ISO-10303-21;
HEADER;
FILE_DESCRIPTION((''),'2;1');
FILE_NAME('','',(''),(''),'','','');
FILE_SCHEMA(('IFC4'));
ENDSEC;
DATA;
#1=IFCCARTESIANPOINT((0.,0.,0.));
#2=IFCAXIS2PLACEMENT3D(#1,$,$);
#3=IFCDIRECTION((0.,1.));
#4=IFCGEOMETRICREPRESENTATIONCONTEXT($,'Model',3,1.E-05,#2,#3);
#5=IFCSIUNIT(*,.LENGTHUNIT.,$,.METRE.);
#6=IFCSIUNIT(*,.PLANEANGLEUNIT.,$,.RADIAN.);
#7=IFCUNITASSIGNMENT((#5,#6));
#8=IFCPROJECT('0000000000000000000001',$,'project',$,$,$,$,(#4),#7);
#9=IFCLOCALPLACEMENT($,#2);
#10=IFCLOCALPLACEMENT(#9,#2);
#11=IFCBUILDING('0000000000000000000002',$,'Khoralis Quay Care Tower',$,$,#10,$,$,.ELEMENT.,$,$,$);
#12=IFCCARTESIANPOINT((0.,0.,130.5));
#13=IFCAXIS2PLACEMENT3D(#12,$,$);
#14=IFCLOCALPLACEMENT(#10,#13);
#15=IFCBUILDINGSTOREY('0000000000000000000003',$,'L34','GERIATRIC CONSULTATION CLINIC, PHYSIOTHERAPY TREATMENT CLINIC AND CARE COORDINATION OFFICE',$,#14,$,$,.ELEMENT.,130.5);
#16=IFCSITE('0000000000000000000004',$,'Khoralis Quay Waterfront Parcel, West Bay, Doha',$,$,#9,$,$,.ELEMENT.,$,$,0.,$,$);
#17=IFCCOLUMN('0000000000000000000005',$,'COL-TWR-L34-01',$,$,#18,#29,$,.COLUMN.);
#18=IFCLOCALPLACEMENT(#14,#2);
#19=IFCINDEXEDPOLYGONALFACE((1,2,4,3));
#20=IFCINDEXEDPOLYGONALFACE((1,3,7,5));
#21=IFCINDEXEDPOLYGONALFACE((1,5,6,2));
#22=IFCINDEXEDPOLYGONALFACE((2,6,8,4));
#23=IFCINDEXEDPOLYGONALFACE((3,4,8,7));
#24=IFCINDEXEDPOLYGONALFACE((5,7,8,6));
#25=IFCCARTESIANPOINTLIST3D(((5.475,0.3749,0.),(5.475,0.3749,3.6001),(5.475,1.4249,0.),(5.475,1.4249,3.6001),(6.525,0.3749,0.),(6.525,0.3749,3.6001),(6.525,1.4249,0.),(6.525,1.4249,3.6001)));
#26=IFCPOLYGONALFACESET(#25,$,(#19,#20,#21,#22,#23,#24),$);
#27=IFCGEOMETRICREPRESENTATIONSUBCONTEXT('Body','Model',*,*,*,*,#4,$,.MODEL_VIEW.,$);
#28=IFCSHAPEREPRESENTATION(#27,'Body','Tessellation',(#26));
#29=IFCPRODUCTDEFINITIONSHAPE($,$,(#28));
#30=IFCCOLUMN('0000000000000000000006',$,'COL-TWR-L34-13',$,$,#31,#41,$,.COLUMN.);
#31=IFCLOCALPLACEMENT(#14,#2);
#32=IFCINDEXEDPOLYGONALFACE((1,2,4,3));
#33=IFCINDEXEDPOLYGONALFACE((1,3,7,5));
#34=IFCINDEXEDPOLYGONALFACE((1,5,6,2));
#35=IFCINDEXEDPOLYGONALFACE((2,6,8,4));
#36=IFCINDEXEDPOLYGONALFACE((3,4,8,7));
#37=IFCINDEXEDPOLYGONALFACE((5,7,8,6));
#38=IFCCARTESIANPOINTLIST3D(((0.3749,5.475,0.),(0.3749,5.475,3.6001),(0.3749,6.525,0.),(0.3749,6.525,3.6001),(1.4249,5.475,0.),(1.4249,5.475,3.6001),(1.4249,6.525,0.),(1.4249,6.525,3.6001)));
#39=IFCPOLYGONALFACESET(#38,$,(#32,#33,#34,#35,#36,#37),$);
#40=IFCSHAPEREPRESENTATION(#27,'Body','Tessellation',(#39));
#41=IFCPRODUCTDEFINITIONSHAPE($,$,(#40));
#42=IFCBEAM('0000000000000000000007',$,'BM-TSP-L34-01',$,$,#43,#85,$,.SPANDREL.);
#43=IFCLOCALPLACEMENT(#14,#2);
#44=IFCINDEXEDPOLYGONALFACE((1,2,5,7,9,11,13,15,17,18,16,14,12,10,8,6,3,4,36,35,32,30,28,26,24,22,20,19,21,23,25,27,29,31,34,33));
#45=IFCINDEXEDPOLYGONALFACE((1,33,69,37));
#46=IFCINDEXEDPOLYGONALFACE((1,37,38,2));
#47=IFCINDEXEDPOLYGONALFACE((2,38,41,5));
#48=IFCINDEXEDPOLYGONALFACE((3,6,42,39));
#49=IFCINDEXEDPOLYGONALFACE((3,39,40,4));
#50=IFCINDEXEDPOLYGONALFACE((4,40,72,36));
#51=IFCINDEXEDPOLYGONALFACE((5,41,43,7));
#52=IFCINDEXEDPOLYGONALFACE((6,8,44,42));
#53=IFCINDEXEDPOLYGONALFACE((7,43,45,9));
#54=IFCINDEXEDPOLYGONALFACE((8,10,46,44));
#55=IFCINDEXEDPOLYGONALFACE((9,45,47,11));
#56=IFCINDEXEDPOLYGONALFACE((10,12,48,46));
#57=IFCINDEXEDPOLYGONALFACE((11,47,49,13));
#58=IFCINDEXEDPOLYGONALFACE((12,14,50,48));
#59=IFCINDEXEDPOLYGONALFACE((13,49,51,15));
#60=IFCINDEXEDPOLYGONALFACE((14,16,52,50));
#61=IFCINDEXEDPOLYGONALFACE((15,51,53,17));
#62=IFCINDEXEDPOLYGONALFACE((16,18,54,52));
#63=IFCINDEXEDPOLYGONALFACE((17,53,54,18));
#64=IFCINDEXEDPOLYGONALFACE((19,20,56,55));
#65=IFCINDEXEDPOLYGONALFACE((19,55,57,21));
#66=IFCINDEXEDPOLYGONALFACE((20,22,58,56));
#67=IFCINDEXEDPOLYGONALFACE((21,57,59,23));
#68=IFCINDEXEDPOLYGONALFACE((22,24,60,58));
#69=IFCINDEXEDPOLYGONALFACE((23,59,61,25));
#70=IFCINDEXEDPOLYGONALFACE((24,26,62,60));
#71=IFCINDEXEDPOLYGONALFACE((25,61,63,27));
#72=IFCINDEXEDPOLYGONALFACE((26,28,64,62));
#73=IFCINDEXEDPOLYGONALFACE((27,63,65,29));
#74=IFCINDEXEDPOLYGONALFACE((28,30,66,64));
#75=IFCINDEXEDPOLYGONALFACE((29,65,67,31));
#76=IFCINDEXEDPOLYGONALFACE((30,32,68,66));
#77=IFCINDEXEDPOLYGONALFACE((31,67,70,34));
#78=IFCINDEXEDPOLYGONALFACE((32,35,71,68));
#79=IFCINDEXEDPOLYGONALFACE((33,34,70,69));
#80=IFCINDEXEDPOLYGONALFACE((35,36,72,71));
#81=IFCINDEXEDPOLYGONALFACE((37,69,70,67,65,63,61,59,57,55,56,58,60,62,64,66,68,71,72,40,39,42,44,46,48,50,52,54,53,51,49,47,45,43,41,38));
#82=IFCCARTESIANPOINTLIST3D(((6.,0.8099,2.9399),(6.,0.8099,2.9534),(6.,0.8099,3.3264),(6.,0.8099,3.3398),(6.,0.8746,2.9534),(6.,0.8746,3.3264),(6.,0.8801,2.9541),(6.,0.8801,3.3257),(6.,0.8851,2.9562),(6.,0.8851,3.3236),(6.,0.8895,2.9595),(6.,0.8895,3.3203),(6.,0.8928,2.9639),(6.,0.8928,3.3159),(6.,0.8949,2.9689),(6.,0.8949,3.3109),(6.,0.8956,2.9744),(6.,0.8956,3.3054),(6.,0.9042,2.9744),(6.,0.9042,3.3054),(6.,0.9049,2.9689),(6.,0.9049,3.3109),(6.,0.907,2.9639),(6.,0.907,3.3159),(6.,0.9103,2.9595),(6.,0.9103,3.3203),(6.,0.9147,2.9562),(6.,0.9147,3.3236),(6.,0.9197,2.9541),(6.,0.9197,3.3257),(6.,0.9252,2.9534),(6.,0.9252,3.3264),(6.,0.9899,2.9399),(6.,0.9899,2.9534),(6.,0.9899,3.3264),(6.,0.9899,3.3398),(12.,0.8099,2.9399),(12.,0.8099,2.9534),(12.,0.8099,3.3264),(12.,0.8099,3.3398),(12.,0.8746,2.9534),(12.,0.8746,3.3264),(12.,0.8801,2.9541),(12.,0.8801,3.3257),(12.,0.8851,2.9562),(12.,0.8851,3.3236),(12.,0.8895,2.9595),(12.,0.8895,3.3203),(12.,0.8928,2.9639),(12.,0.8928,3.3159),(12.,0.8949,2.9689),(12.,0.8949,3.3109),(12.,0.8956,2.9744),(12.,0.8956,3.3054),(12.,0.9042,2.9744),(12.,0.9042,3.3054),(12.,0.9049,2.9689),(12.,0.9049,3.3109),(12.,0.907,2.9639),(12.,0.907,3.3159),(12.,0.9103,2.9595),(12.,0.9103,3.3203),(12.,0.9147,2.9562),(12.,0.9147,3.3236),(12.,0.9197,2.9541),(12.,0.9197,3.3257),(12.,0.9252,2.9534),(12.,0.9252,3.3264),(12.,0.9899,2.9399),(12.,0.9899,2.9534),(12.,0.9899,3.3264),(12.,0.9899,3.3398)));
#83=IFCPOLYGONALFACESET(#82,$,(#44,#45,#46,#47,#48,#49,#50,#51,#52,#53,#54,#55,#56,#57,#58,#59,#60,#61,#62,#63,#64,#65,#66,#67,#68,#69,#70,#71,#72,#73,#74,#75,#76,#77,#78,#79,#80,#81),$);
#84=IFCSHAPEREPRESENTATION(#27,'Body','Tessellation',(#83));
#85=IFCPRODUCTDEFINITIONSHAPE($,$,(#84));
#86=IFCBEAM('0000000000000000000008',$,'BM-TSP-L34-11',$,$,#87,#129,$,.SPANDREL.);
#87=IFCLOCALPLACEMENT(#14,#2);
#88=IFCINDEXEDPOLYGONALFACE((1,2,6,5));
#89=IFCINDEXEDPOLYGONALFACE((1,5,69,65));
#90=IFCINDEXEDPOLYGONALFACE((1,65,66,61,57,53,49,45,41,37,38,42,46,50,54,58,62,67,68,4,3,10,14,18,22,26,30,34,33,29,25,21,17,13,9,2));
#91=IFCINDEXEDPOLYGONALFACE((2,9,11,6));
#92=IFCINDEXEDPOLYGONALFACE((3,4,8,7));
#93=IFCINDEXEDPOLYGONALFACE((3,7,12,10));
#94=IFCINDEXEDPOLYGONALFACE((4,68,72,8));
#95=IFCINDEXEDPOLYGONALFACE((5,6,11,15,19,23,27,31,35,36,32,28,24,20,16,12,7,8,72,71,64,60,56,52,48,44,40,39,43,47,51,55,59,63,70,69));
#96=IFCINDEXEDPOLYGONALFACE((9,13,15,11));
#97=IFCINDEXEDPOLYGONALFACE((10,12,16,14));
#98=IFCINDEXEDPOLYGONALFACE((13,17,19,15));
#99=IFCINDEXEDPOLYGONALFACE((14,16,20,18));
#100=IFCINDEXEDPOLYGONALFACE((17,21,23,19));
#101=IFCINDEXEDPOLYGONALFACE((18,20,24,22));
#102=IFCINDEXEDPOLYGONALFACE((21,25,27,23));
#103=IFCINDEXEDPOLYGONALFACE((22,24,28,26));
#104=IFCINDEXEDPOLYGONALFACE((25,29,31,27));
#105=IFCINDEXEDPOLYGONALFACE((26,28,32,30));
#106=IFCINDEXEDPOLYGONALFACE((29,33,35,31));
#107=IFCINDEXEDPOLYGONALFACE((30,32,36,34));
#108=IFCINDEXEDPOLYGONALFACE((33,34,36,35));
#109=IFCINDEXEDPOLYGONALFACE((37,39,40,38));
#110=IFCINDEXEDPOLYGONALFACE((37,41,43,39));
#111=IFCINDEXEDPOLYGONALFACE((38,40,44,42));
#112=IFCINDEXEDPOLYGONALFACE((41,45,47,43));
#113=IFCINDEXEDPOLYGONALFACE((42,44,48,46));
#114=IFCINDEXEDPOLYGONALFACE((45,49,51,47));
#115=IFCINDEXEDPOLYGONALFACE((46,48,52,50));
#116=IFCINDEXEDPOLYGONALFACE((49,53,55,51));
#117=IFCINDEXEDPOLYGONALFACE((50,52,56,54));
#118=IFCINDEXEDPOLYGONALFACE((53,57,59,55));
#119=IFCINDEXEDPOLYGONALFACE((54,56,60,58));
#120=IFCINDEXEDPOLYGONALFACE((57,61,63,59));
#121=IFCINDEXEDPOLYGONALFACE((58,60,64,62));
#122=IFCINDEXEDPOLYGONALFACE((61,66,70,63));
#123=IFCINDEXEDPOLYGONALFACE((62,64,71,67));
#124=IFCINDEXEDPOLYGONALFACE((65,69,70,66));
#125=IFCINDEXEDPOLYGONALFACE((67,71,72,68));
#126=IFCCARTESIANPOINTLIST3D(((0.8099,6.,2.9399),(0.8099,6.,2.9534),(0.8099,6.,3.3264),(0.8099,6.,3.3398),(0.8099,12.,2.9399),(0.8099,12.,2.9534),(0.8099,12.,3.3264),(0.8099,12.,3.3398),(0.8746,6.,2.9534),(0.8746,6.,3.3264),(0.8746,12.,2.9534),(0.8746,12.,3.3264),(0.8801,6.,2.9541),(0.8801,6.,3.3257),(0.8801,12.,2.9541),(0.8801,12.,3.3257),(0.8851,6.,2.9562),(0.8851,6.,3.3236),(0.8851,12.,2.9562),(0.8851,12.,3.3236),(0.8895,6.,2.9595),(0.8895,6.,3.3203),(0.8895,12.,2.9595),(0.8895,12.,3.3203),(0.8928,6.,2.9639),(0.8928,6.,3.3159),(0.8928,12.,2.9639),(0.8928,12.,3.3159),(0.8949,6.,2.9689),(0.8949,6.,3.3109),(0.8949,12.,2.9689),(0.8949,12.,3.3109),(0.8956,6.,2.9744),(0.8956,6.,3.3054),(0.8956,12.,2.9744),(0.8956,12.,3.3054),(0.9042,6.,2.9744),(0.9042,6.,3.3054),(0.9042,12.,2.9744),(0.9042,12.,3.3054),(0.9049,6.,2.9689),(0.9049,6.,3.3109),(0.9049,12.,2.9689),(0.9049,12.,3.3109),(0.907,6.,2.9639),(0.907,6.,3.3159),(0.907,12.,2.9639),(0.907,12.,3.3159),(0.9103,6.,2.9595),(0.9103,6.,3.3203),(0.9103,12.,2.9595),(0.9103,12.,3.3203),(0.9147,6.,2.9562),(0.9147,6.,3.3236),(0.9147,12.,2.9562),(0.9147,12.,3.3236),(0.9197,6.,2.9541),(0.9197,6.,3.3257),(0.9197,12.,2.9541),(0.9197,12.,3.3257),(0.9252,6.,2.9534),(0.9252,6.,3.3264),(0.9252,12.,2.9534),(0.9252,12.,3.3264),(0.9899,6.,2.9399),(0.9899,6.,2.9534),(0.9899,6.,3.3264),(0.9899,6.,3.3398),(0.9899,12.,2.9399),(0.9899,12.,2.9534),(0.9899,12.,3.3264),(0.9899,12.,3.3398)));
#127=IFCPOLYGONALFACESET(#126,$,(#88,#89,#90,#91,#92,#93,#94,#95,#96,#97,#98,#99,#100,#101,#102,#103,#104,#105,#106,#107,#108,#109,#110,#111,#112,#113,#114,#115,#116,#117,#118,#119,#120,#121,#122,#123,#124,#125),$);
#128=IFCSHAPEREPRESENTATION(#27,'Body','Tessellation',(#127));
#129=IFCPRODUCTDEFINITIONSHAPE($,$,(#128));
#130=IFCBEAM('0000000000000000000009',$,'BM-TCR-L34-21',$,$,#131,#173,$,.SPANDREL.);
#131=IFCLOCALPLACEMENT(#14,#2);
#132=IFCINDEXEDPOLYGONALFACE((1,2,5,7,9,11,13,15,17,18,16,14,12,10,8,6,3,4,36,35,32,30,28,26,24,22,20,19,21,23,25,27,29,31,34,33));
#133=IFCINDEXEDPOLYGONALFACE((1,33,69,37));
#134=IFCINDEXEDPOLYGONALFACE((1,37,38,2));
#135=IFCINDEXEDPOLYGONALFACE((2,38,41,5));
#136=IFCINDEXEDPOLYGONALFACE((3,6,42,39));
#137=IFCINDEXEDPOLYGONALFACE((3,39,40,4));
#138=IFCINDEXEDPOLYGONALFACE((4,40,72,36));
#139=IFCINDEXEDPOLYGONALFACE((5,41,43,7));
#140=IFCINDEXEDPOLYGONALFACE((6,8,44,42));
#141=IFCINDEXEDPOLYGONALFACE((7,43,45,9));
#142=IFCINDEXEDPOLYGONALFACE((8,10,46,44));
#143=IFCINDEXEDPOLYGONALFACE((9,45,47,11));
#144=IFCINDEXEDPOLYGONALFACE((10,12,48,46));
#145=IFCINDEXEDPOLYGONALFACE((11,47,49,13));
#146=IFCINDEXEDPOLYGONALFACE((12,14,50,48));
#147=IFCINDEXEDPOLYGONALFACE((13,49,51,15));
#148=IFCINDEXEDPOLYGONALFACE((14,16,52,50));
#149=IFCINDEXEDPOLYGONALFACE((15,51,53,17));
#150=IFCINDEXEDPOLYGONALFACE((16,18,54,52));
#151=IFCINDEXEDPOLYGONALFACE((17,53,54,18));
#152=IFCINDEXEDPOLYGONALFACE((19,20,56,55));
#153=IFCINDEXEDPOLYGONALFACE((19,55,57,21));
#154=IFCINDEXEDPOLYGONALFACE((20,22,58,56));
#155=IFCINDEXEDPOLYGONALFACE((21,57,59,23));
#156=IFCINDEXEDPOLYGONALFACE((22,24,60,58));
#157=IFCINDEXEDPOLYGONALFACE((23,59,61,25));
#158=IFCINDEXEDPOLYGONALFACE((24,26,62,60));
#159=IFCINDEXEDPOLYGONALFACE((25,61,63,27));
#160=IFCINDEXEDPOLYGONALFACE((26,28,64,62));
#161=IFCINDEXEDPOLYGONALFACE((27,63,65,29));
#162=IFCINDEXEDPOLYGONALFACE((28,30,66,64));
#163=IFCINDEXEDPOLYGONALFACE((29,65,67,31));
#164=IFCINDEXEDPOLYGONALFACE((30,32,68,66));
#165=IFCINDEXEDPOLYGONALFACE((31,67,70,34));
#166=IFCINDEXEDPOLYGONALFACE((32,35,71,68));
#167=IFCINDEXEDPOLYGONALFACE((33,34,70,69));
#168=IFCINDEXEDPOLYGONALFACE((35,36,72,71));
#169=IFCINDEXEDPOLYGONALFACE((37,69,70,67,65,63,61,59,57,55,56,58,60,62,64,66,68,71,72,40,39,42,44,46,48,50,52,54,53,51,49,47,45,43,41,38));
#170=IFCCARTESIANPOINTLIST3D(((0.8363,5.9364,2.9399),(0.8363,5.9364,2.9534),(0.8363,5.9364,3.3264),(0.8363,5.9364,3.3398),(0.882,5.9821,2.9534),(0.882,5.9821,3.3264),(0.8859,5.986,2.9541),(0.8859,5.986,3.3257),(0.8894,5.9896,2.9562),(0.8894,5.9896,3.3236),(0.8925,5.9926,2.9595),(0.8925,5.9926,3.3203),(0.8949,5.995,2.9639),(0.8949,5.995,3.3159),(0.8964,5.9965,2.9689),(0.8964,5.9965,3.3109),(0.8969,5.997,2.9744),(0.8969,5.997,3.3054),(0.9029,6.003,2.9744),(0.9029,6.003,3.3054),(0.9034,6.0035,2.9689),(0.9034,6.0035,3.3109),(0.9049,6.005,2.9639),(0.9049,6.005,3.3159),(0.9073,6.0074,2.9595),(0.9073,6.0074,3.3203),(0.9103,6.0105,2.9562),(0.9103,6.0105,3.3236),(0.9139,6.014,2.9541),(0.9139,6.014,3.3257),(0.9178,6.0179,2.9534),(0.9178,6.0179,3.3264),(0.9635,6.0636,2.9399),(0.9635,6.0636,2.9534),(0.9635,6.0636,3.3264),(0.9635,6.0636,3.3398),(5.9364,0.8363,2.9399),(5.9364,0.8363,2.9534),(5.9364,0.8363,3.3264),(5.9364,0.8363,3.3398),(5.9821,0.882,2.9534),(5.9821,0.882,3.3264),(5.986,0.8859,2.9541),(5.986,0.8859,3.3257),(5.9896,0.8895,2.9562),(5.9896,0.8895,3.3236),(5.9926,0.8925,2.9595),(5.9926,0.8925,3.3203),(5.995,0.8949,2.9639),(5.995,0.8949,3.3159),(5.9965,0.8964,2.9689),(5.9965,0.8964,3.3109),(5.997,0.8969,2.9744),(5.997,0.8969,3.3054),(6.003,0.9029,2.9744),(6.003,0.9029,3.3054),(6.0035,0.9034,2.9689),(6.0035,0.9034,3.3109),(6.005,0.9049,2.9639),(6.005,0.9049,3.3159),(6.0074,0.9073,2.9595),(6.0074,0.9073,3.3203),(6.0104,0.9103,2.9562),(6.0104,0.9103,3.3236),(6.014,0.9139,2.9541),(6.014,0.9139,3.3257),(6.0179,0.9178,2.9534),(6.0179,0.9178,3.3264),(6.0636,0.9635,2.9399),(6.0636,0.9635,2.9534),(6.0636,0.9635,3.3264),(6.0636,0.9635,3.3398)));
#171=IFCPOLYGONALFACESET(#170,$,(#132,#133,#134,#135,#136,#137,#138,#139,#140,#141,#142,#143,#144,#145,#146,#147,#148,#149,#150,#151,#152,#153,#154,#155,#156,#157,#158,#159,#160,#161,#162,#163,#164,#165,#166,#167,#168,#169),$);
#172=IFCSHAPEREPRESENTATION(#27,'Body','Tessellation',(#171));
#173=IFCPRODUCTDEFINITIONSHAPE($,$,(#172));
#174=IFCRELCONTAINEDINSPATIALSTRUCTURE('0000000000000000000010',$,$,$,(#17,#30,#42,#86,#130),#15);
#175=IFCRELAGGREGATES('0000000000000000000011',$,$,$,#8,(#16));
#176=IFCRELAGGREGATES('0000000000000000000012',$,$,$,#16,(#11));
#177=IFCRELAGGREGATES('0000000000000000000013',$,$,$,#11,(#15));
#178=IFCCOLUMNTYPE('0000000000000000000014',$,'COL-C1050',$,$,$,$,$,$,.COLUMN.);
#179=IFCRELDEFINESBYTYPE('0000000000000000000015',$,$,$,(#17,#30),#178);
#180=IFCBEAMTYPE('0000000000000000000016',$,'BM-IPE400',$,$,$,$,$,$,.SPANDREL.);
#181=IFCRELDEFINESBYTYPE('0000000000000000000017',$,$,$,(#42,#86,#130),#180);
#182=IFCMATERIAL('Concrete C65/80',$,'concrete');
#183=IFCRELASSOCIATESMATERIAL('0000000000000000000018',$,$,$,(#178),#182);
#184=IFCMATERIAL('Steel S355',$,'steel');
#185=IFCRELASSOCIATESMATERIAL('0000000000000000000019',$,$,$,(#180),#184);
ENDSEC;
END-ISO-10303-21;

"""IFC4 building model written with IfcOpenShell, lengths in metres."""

from ifc_helpers import new_model, si_unit, direction, frame, origin, origin_2d, place, context, subcontext, project, spatial, rectangle, i_section, extrude, source, transform, mapped, material, material_profile, profile_set, type_object, element, save


model = new_model("IFC4")

# Units and contexts
model_context = context("Model", 3, precision=1e-05, world=origin(), true_north=direction((0.0, 1.0)))
body_context = subcontext(model_context, "Body", "Model", "MODEL_VIEW")
ifc_project = project(units=[si_unit("LENGTHUNIT", "METRE"), si_unit("PLANEANGLEUNIT", "RADIAN")], contexts=[model_context])

# Site, building, storey
site_placement = place(None, origin())
site = spatial("IfcSite", under=ifc_project, at=site_placement, Name="Khoralis Quay Waterfront Parcel, West Bay, Doha", CompositionType="ELEMENT", RefElevation=0.0)
building_placement = place(site_placement, origin())
building = spatial("IfcBuilding", under=site, at=building_placement, Name="Khoralis Quay Care Tower", CompositionType="ELEMENT")
storey_placement = place(building_placement, frame((0.0, 0.0, 130.5)))
storey = spatial("IfcBuildingStorey", under=building, at=storey_placement, Name="L34", Description="GERIATRIC CONSULTATION CLINIC, PHYSIOTHERAPY TREATMENT CLINIC AND CARE COORDINATION OFFICE", CompositionType="ELEMENT", Elevation=130.5)

# Columns
ifc_material_1 = material(Name="Concrete C65/80", Category="concrete")
ifc_material_profile_1 = material_profile(ifc_material_1, rectangle(XDim=1.05, YDim=1.05, at=origin_2d()), Name="Concrete C65/80")
ifc_profile_set_1 = profile_set([ifc_material_profile_1], Name="Concrete C65/80")
column_type = type_object("IfcColumnType", Name="COL-C1050", PredefinedType="COLUMN", material=ifc_profile_set_1)
shared_shape_1 = source(origin(), body_context, "Body", "SweptSolid", [
    extrude(rectangle(XDim=1.05, YDim=1.05, at=origin_2d()), origin(), (0.0, 0.0, 1.0), 3.6001),
])
for number, where, z_axis, x_axis, name in (
    (1, (6.0, 0.8999, 0.0), (0.0, 0.0, 1.0), (1.0, 0.0, 0.0), "COL-TWR-L34-01"),
    (2, (0.8999, 6.0, 0.0), (0.0, 0.0, 1.0), (1.0, 0.0, 0.0), "COL-TWR-L34-13"),
):
    element("IfcColumn", number, at=place(storey_placement, frame(where, z_axis=z_axis, x_axis=x_axis)), inside=storey, type_object=column_type, Name=name, PredefinedType="COLUMN", context=body_context, shape_type="MappedRepresentation", body=[
        mapped(shared_shape_1, transform((0.0, 0.0, 0.0), scale=1.0)),
    ])

# Beams
ifc_material_2 = material(Name="Steel S355", Category="steel")
ifc_material_profile_2 = material_profile(ifc_material_2, i_section(OverallWidth=0.1799, OverallDepth=0.3999, WebThickness=0.0085, FlangeThickness=0.0134, FilletRadius=0.021, at=origin_2d()), Name="Steel S355")
ifc_profile_set_2 = profile_set([ifc_material_profile_2], Name="Steel S355")
beam_type_1 = type_object("IfcBeamType", Name="BM-IPE400", PredefinedType="SPANDREL", material=ifc_profile_set_2)
shared_shape_2 = source(origin(), body_context, "Body", "SweptSolid", [
    extrude(i_section(OverallWidth=0.1799, OverallDepth=0.3999, WebThickness=0.0085, FlangeThickness=0.0134, FilletRadius=0.021, at=origin_2d()), origin(), (0.0, 0.0, 1.0), 6.0),
])
for number, where, z_axis, x_axis, name in (
    (3, (6.0, 0.8999, 3.1399), (1.0, 0.0, 0.0), (0.0, 1.0, 0.0), "BM-TSP-L34-01"),
    (4, (0.8999, 6.0, 3.1399), (0.0, 1.0, 0.0), (-1.0, 0.0, 0.0), "BM-TSP-L34-11"),
):
    element("IfcBeam", number, at=place(storey_placement, frame(where, z_axis=z_axis, x_axis=x_axis)), inside=storey, type_object=beam_type_1, Name=name, PredefinedType="SPANDREL", context=body_context, shape_type="MappedRepresentation", body=[
        mapped(shared_shape_2, transform((0.0, 0.0, 0.0), scale=1.0)),
    ])
shared_shape_3 = source(origin(), body_context, "Body", "SweptSolid", [
    extrude(i_section(OverallWidth=0.1799, OverallDepth=0.3999, WebThickness=0.0085, FlangeThickness=0.0134, FilletRadius=0.021, at=origin_2d()), origin(), (0.0, 0.0, 1.0), 7.2126),
])
beam_1_placement = place(storey_placement, frame((6.0, 0.8999, 3.1399), z_axis=(-0.707107, 0.707107, 0.0), x_axis=(-0.707107, -0.707107, 0.0)))
element("IfcBeam", 5, at=beam_1_placement, inside=storey, type_object=beam_type_1, Name="BM-TCR-L34-21", PredefinedType="SPANDREL", context=body_context, shape_type="MappedRepresentation", body=[
    mapped(shared_shape_3, transform((0.0, 0.0, 0.0), scale=1.0)),
])

save(model, "model.ifc")
